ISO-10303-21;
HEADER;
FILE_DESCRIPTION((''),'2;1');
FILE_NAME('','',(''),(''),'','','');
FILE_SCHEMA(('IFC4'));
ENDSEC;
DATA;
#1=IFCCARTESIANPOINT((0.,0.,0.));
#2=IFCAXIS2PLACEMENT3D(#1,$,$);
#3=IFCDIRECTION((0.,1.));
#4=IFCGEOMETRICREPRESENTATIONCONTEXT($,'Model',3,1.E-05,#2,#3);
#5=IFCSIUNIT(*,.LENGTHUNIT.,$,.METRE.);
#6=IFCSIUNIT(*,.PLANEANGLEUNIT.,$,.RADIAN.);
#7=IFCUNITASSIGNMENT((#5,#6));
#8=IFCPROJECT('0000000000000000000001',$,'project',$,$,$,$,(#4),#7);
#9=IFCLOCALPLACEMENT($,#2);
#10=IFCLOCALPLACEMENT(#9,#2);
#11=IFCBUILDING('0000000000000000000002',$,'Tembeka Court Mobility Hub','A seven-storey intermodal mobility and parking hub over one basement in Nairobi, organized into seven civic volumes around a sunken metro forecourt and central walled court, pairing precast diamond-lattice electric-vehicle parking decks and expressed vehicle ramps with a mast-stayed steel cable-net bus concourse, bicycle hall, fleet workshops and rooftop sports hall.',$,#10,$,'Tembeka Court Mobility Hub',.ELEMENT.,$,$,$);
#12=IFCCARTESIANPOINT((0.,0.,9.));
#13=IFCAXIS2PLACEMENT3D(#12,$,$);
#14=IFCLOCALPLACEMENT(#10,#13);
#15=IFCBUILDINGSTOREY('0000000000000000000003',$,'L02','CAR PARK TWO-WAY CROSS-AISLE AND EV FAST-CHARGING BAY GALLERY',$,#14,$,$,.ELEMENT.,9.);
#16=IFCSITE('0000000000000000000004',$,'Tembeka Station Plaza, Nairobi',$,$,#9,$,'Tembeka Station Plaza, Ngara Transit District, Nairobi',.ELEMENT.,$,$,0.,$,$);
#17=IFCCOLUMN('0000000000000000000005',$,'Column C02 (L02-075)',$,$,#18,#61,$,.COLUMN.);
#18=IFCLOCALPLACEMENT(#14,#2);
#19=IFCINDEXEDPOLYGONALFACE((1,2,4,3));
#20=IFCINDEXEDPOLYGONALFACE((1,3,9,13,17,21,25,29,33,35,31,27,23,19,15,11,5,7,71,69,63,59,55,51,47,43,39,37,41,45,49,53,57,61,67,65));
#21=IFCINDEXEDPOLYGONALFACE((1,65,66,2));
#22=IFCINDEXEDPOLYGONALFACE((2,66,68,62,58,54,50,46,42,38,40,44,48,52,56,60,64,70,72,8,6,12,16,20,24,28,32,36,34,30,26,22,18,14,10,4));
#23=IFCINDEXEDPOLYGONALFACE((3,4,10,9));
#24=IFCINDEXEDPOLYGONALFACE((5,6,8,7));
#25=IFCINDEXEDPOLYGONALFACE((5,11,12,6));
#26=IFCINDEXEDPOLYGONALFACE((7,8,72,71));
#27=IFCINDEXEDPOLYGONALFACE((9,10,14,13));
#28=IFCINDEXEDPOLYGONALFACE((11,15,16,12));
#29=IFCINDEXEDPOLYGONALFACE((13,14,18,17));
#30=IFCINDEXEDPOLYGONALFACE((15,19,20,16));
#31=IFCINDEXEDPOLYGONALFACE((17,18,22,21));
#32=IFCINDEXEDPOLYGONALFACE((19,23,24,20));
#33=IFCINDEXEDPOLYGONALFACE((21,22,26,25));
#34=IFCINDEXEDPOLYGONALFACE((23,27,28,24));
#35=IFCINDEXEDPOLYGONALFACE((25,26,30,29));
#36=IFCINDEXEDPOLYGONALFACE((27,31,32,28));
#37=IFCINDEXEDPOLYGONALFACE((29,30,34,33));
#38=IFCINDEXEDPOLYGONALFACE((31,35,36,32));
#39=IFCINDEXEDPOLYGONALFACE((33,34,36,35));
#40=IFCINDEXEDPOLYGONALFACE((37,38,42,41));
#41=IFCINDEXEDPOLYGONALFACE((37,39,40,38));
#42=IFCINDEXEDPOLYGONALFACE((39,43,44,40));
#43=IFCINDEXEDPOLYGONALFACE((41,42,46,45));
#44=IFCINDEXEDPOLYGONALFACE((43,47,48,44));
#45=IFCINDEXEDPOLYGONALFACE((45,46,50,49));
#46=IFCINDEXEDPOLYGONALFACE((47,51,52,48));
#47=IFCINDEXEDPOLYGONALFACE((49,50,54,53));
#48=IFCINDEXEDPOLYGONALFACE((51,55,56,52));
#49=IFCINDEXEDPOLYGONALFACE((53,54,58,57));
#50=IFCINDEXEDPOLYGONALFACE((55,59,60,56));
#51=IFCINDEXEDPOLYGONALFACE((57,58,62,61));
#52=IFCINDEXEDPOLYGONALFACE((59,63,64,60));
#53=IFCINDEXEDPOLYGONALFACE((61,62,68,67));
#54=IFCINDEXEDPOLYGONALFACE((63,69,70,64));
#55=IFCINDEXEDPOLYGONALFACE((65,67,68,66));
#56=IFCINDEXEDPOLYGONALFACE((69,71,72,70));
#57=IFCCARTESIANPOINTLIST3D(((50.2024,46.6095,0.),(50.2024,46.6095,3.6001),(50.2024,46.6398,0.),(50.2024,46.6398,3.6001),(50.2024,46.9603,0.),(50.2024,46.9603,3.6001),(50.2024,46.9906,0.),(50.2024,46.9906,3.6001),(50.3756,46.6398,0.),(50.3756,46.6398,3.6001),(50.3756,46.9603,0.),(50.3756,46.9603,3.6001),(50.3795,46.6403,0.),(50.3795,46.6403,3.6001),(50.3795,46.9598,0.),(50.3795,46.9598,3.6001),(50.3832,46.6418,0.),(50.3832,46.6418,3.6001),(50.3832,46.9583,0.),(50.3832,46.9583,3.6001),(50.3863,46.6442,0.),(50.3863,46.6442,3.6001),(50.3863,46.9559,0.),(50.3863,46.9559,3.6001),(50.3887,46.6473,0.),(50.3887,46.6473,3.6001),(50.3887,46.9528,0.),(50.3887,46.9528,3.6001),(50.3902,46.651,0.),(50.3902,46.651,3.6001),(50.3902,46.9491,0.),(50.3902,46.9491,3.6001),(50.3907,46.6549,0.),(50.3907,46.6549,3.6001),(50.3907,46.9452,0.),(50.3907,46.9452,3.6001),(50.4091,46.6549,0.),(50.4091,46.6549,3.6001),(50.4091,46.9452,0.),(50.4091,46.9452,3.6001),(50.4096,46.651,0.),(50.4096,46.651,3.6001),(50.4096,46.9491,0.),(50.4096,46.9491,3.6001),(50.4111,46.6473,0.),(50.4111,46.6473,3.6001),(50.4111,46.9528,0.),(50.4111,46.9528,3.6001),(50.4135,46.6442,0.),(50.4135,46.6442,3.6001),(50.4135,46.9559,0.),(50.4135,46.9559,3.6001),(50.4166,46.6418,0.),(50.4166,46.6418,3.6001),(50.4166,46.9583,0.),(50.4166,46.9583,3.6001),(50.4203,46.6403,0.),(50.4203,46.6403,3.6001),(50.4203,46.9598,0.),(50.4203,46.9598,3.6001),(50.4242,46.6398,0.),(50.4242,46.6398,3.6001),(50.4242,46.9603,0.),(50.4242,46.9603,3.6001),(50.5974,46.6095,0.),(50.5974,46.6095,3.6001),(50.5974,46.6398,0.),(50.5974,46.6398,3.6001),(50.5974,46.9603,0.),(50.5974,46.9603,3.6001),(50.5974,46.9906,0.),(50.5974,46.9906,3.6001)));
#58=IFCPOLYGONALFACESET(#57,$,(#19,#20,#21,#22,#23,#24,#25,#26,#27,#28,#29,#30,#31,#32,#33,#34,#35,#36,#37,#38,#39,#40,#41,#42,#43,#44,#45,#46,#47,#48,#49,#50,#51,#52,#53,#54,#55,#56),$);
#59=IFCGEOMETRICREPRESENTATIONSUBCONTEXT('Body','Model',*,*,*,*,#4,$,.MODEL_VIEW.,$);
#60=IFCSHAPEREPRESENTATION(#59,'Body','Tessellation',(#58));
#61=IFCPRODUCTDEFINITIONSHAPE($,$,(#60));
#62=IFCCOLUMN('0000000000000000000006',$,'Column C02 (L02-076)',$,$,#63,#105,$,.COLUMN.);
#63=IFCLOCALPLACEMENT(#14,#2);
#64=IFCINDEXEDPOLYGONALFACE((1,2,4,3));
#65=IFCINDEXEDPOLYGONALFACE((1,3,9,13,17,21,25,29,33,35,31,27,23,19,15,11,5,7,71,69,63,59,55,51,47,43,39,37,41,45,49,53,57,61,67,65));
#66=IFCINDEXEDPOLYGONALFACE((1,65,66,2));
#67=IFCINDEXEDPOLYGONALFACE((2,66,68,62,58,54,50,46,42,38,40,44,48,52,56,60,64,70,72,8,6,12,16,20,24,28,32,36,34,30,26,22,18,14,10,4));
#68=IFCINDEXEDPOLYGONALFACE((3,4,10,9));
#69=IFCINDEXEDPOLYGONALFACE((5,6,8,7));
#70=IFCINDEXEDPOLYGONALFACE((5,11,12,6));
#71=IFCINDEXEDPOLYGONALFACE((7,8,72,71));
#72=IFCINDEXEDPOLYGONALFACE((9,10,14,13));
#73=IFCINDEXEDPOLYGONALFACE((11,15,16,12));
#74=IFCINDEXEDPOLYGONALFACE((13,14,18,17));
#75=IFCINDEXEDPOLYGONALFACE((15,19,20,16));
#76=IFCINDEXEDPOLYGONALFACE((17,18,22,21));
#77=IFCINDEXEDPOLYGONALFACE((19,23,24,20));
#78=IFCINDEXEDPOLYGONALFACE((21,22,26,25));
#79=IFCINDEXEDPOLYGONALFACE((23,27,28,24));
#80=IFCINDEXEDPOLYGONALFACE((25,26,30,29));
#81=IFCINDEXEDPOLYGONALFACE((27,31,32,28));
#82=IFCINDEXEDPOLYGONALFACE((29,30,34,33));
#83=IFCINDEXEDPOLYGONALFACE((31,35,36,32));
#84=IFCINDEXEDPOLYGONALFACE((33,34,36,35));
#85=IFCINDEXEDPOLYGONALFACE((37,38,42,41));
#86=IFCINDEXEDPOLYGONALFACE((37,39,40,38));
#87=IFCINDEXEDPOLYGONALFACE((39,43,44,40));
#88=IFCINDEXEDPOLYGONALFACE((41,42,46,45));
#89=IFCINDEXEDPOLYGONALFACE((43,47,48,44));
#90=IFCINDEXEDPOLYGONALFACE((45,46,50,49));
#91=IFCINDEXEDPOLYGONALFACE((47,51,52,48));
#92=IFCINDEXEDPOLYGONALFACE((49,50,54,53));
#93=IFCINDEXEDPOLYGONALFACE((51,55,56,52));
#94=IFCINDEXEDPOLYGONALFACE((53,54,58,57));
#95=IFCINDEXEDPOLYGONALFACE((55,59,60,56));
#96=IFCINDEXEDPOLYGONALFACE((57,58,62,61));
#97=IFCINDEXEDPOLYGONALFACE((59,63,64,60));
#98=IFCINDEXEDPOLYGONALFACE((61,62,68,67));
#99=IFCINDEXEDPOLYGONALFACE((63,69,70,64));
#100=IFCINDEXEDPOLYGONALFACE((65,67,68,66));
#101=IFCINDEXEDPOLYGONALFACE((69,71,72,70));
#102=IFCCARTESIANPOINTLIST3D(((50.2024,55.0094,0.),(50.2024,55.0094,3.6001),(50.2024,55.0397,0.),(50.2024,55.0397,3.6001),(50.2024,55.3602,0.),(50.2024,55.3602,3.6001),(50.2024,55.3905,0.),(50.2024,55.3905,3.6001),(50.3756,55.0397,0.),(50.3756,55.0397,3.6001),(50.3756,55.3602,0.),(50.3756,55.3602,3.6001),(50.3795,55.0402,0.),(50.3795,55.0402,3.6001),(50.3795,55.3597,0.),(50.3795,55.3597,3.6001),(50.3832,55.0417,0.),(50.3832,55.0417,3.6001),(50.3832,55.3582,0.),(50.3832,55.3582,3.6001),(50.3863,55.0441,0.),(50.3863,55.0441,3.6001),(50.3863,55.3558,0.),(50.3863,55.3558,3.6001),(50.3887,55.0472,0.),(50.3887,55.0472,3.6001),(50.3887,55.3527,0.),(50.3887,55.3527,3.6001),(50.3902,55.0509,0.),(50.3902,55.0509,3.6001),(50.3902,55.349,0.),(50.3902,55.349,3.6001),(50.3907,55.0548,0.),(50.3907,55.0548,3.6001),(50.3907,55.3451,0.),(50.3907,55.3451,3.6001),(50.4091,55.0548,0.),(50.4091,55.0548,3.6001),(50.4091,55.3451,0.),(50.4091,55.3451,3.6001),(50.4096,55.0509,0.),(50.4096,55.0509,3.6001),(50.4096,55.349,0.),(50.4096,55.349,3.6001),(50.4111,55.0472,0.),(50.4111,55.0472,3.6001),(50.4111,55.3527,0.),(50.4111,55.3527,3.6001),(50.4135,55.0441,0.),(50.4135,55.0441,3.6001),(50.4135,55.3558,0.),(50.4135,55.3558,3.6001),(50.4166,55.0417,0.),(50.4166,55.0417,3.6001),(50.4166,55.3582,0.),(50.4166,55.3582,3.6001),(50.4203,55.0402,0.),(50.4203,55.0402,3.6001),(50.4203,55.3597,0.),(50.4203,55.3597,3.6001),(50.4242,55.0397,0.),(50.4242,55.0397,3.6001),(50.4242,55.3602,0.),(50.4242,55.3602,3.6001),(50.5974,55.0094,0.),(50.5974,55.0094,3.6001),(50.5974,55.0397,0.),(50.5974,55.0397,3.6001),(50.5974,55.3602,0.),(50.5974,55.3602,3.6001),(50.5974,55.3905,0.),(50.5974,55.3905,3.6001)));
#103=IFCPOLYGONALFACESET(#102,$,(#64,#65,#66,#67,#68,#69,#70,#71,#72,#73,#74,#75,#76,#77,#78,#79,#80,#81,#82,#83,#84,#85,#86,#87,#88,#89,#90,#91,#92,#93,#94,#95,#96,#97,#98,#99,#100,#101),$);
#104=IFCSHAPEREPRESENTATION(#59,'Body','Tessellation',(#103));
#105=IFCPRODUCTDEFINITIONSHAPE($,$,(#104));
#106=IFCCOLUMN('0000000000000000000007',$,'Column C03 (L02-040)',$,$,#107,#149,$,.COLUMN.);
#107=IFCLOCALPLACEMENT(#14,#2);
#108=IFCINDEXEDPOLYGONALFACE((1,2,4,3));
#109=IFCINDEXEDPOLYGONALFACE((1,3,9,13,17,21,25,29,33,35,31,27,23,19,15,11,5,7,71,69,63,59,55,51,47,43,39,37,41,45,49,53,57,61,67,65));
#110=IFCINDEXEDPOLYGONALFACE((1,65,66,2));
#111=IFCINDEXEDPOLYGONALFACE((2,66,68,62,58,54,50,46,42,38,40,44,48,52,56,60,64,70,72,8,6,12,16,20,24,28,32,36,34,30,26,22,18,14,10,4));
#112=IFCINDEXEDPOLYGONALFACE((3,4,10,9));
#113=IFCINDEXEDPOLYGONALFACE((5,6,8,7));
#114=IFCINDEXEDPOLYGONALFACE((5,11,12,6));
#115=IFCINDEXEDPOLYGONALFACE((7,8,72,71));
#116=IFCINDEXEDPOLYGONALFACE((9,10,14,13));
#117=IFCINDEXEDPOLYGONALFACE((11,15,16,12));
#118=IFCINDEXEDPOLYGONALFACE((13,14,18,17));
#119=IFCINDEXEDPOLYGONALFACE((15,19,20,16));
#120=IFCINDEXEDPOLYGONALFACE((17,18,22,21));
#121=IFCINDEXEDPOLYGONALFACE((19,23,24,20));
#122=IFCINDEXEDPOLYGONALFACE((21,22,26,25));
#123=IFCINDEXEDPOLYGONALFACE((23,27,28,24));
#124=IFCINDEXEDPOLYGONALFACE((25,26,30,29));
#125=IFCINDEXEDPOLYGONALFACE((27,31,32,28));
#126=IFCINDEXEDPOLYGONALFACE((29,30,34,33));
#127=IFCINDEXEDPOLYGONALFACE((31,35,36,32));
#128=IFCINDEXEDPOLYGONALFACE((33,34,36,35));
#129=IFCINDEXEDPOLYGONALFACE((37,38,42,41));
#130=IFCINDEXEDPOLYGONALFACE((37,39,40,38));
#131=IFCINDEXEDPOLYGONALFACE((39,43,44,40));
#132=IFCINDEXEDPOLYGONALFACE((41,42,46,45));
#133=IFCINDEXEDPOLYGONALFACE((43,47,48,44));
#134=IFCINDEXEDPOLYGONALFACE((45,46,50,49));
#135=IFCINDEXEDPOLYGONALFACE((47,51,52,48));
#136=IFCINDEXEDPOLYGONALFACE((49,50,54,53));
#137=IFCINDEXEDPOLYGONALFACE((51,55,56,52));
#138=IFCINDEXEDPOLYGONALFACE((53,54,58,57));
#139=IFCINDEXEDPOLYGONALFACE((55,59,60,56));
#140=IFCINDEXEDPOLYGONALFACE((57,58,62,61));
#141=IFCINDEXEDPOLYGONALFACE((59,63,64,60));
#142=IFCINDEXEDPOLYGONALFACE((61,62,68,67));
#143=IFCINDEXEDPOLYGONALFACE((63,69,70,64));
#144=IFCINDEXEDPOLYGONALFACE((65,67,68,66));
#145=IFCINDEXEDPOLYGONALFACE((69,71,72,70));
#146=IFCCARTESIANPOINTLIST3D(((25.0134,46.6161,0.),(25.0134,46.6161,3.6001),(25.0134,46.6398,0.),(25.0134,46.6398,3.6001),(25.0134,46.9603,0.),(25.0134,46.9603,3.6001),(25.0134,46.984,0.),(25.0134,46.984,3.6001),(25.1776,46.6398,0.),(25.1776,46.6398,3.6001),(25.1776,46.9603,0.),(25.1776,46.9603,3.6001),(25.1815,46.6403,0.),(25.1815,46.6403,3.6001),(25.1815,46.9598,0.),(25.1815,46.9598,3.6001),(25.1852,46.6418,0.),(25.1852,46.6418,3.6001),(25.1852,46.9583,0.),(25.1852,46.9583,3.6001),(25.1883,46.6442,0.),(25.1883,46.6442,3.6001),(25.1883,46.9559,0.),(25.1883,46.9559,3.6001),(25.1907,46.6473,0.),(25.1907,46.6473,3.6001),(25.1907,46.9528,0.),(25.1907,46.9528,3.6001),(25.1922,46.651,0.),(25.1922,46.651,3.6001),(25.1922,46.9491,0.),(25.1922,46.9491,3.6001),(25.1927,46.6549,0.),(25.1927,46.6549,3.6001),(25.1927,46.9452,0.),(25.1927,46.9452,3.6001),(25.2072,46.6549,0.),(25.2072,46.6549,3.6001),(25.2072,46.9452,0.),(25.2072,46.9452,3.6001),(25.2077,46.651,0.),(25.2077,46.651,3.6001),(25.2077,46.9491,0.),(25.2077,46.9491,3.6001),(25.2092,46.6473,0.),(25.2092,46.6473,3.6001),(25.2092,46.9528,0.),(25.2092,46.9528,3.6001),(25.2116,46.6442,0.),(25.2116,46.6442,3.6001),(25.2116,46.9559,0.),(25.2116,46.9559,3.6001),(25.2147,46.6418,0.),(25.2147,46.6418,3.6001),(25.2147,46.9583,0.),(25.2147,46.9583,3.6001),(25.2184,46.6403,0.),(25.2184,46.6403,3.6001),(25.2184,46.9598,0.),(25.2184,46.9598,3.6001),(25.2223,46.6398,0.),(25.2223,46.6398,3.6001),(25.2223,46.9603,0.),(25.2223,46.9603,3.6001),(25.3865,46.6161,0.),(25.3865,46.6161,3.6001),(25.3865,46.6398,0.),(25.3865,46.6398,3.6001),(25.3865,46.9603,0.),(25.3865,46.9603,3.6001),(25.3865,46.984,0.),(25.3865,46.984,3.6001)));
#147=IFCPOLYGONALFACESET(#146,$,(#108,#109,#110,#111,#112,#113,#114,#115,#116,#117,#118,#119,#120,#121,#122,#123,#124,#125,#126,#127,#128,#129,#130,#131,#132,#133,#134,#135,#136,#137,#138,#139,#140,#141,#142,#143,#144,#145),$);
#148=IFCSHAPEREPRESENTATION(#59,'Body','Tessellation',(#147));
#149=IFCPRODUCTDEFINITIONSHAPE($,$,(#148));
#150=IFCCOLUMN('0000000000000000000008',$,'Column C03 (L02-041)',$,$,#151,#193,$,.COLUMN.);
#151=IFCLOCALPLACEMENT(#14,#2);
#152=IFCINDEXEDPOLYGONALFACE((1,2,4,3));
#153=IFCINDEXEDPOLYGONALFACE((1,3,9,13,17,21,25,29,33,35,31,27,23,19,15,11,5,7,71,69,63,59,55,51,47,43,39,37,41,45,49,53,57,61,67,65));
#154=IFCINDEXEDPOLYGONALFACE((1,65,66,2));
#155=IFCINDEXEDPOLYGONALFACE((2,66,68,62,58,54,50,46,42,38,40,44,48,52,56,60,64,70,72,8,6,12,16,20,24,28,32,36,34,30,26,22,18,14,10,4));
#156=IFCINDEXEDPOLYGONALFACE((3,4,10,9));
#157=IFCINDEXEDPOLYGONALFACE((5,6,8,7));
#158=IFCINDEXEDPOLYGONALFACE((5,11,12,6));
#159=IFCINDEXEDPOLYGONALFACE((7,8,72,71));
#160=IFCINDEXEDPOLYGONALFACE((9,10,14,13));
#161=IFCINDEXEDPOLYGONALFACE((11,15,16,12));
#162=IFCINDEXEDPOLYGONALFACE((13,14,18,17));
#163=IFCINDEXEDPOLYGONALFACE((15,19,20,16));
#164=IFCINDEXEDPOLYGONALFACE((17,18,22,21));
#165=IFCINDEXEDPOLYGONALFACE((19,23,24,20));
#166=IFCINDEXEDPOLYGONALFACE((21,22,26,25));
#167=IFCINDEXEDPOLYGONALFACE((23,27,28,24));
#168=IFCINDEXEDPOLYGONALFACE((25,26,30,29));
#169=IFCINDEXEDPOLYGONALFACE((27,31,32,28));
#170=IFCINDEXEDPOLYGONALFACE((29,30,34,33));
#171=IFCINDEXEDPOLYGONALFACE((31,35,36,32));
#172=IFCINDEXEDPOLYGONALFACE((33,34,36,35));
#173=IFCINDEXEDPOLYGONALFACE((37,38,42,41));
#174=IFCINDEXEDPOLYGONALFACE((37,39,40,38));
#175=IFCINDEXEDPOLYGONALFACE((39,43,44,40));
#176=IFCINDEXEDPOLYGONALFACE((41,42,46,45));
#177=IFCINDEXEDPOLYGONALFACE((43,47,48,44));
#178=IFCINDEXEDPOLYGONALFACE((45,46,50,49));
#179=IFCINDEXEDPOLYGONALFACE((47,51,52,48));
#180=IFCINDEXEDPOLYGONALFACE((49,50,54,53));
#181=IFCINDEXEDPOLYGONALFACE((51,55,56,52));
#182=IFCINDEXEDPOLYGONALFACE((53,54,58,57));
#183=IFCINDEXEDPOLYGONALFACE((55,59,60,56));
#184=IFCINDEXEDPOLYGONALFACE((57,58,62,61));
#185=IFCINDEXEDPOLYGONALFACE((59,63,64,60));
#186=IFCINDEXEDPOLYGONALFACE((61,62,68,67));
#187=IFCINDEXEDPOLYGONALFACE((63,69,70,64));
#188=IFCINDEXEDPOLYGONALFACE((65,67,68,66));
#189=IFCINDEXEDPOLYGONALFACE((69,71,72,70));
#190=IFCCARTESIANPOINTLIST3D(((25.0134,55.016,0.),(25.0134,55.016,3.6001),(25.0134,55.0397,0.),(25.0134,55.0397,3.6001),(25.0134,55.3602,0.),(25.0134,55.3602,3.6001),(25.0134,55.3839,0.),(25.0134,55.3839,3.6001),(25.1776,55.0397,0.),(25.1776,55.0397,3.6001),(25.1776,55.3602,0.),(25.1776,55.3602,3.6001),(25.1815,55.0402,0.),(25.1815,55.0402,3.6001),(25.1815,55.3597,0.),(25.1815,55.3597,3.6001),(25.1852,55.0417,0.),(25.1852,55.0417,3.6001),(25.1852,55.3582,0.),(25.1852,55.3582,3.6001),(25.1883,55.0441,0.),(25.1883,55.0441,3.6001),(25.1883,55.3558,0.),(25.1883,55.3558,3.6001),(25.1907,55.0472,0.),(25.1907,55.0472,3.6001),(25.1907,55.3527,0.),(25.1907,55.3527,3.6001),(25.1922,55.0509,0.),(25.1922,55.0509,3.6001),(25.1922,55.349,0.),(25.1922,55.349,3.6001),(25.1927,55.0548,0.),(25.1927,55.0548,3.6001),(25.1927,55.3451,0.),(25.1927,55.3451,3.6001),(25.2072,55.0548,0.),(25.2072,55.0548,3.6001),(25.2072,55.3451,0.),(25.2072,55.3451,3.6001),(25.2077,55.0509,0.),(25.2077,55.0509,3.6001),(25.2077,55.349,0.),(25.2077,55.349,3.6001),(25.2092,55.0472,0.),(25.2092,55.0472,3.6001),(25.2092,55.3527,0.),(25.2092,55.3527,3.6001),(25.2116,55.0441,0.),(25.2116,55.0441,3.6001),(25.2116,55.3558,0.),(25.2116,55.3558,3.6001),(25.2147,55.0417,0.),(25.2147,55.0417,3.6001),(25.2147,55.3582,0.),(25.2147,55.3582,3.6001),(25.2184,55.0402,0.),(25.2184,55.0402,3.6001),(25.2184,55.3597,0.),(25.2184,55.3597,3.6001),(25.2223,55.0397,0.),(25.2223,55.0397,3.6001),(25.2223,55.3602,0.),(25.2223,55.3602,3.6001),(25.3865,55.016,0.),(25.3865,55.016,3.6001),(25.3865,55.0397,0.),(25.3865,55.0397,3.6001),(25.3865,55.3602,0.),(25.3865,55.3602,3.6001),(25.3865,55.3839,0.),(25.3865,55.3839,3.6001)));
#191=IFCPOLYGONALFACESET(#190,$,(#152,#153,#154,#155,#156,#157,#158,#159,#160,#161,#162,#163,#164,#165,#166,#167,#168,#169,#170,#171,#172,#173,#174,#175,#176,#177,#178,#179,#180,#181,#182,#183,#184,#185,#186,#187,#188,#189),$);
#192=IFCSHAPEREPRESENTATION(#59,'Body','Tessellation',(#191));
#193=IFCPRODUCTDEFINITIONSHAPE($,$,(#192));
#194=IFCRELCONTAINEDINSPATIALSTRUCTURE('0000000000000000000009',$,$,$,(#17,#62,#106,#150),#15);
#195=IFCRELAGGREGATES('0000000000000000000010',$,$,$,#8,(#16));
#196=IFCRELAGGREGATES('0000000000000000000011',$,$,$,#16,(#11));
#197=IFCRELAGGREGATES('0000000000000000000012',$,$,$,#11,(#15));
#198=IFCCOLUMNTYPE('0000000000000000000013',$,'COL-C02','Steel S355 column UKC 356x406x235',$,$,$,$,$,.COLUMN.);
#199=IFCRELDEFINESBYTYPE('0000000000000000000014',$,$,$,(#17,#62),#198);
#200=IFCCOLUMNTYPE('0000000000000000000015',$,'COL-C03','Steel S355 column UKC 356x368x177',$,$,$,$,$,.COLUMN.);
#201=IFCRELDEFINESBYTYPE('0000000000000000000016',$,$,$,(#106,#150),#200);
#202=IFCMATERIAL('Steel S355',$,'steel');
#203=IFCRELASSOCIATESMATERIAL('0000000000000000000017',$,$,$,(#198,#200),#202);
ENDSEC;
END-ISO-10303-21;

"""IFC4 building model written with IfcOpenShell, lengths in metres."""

from ifc_helpers import new_model, si_unit, direction, frame, origin, origin_2d, place, context, subcontext, project, spatial, i_section, extrude, material, material_profile, profile_set, type_object, element, save


model = new_model("IFC4")

# Units and contexts
model_context = context("Model", 3, precision=1e-05, world=origin(), true_north=direction((0.0, 1.0)))
body_context = subcontext(model_context, "Body", "Model", "MODEL_VIEW")
ifc_project = project(units=[si_unit("LENGTHUNIT", "METRE"), si_unit("PLANEANGLEUNIT", "RADIAN")], contexts=[model_context])

# Site, building, storey
site_placement = place(None, origin())
site = spatial("IfcSite", under=ifc_project, at=site_placement, Name="Tembeka Station Plaza, Nairobi", LongName="Tembeka Station Plaza, Ngara Transit District, Nairobi", CompositionType="ELEMENT", RefElevation=0.0)
building_placement = place(site_placement, origin())
building = spatial("IfcBuilding", under=site, at=building_placement, Name="Tembeka Court Mobility Hub", Description="A seven-storey intermodal mobility and parking hub over one basement in Nairobi, organized into seven civic volumes around a sunken metro forecourt and central walled court, pairing precast diamond-lattice electric-vehicle parking decks and expressed vehicle ramps with a mast-stayed steel cable-net bus concourse, bicycle hall, fleet workshops and rooftop sports hall.", LongName="Tembeka Court Mobility Hub", CompositionType="ELEMENT")
storey_placement = place(building_placement, frame((0.0, 0.0, 9.0)))
storey = spatial("IfcBuildingStorey", under=building, at=storey_placement, Name="L02", Description="CAR PARK TWO-WAY CROSS-AISLE AND EV FAST-CHARGING BAY GALLERY", CompositionType="ELEMENT", Elevation=9.0)

# Columns
ifc_material_1 = material(Name="Steel S355", Category="steel")
ifc_material_profile_1 = material_profile(ifc_material_1, i_section(OverallWidth=0.395, OverallDepth=0.3811, WebThickness=0.0183, FlangeThickness=0.0303, FilletRadius=0.0151, at=origin_2d()), Name="UKC 356x406x235")
ifc_profile_set_1 = profile_set([ifc_material_profile_1], Name="Steel S355")
column_type_1 = type_object("IfcColumnType", Name="COL-C02", Description="Steel S355 column UKC 356x406x235", PredefinedType="COLUMN", material=ifc_profile_set_1)
for number, where, z_axis, x_axis, name in (
    (1, (50.3999, 46.8, 0.0), (0.0, 0.0, 1.0), (1.0, 0.0, 0.0), "Column C02 (L02-075)"),
    (2, (50.3999, 55.2, 0.0), (0.0, 0.0, 1.0), (1.0, 0.0, 0.0), "Column C02 (L02-076)"),
):
    element("IfcColumn", number, at=place(storey_placement, frame(where, z_axis=z_axis, x_axis=x_axis)), inside=storey, type_object=column_type_1, Name=name, PredefinedType="COLUMN", context=body_context, shape_type="SweptSolid", body=[
        extrude(i_section(OverallWidth=0.395, OverallDepth=0.3811, WebThickness=0.0183, FlangeThickness=0.0303, FilletRadius=0.0151, at=origin_2d()), origin(), (0.0, 0.0, 1.0), 3.6001),
    ])
ifc_material_profile_2 = material_profile(ifc_material_1, i_section(OverallWidth=0.373, OverallDepth=0.3679, WebThickness=0.0144, FlangeThickness=0.0237, FilletRadius=0.0151, at=origin_2d()), Name="UKC 356x368x177")
ifc_profile_set_2 = profile_set([ifc_material_profile_2], Name="Steel S355")
column_type_2 = type_object("IfcColumnType", Name="COL-C03", Description="Steel S355 column UKC 356x368x177", PredefinedType="COLUMN", material=ifc_profile_set_2)
for number, where, z_axis, x_axis, name in (
    (3, (25.2, 46.8, 0.0), (0.0, 0.0, 1.0), (1.0, 0.0, 0.0), "Column C03 (L02-040)"),
    (4, (25.2, 55.2, 0.0), (0.0, 0.0, 1.0), (1.0, 0.0, 0.0), "Column C03 (L02-041)"),
):
    element("IfcColumn", number, at=place(storey_placement, frame(where, z_axis=z_axis, x_axis=x_axis)), inside=storey, type_object=column_type_2, Name=name, PredefinedType="COLUMN", context=body_context, shape_type="SweptSolid", body=[
        extrude(i_section(OverallWidth=0.373, OverallDepth=0.3679, WebThickness=0.0144, FlangeThickness=0.0237, FilletRadius=0.0151, at=origin_2d()), origin(), (0.0, 0.0, 1.0), 3.6001),
    ])

save(model, "model.ifc")
